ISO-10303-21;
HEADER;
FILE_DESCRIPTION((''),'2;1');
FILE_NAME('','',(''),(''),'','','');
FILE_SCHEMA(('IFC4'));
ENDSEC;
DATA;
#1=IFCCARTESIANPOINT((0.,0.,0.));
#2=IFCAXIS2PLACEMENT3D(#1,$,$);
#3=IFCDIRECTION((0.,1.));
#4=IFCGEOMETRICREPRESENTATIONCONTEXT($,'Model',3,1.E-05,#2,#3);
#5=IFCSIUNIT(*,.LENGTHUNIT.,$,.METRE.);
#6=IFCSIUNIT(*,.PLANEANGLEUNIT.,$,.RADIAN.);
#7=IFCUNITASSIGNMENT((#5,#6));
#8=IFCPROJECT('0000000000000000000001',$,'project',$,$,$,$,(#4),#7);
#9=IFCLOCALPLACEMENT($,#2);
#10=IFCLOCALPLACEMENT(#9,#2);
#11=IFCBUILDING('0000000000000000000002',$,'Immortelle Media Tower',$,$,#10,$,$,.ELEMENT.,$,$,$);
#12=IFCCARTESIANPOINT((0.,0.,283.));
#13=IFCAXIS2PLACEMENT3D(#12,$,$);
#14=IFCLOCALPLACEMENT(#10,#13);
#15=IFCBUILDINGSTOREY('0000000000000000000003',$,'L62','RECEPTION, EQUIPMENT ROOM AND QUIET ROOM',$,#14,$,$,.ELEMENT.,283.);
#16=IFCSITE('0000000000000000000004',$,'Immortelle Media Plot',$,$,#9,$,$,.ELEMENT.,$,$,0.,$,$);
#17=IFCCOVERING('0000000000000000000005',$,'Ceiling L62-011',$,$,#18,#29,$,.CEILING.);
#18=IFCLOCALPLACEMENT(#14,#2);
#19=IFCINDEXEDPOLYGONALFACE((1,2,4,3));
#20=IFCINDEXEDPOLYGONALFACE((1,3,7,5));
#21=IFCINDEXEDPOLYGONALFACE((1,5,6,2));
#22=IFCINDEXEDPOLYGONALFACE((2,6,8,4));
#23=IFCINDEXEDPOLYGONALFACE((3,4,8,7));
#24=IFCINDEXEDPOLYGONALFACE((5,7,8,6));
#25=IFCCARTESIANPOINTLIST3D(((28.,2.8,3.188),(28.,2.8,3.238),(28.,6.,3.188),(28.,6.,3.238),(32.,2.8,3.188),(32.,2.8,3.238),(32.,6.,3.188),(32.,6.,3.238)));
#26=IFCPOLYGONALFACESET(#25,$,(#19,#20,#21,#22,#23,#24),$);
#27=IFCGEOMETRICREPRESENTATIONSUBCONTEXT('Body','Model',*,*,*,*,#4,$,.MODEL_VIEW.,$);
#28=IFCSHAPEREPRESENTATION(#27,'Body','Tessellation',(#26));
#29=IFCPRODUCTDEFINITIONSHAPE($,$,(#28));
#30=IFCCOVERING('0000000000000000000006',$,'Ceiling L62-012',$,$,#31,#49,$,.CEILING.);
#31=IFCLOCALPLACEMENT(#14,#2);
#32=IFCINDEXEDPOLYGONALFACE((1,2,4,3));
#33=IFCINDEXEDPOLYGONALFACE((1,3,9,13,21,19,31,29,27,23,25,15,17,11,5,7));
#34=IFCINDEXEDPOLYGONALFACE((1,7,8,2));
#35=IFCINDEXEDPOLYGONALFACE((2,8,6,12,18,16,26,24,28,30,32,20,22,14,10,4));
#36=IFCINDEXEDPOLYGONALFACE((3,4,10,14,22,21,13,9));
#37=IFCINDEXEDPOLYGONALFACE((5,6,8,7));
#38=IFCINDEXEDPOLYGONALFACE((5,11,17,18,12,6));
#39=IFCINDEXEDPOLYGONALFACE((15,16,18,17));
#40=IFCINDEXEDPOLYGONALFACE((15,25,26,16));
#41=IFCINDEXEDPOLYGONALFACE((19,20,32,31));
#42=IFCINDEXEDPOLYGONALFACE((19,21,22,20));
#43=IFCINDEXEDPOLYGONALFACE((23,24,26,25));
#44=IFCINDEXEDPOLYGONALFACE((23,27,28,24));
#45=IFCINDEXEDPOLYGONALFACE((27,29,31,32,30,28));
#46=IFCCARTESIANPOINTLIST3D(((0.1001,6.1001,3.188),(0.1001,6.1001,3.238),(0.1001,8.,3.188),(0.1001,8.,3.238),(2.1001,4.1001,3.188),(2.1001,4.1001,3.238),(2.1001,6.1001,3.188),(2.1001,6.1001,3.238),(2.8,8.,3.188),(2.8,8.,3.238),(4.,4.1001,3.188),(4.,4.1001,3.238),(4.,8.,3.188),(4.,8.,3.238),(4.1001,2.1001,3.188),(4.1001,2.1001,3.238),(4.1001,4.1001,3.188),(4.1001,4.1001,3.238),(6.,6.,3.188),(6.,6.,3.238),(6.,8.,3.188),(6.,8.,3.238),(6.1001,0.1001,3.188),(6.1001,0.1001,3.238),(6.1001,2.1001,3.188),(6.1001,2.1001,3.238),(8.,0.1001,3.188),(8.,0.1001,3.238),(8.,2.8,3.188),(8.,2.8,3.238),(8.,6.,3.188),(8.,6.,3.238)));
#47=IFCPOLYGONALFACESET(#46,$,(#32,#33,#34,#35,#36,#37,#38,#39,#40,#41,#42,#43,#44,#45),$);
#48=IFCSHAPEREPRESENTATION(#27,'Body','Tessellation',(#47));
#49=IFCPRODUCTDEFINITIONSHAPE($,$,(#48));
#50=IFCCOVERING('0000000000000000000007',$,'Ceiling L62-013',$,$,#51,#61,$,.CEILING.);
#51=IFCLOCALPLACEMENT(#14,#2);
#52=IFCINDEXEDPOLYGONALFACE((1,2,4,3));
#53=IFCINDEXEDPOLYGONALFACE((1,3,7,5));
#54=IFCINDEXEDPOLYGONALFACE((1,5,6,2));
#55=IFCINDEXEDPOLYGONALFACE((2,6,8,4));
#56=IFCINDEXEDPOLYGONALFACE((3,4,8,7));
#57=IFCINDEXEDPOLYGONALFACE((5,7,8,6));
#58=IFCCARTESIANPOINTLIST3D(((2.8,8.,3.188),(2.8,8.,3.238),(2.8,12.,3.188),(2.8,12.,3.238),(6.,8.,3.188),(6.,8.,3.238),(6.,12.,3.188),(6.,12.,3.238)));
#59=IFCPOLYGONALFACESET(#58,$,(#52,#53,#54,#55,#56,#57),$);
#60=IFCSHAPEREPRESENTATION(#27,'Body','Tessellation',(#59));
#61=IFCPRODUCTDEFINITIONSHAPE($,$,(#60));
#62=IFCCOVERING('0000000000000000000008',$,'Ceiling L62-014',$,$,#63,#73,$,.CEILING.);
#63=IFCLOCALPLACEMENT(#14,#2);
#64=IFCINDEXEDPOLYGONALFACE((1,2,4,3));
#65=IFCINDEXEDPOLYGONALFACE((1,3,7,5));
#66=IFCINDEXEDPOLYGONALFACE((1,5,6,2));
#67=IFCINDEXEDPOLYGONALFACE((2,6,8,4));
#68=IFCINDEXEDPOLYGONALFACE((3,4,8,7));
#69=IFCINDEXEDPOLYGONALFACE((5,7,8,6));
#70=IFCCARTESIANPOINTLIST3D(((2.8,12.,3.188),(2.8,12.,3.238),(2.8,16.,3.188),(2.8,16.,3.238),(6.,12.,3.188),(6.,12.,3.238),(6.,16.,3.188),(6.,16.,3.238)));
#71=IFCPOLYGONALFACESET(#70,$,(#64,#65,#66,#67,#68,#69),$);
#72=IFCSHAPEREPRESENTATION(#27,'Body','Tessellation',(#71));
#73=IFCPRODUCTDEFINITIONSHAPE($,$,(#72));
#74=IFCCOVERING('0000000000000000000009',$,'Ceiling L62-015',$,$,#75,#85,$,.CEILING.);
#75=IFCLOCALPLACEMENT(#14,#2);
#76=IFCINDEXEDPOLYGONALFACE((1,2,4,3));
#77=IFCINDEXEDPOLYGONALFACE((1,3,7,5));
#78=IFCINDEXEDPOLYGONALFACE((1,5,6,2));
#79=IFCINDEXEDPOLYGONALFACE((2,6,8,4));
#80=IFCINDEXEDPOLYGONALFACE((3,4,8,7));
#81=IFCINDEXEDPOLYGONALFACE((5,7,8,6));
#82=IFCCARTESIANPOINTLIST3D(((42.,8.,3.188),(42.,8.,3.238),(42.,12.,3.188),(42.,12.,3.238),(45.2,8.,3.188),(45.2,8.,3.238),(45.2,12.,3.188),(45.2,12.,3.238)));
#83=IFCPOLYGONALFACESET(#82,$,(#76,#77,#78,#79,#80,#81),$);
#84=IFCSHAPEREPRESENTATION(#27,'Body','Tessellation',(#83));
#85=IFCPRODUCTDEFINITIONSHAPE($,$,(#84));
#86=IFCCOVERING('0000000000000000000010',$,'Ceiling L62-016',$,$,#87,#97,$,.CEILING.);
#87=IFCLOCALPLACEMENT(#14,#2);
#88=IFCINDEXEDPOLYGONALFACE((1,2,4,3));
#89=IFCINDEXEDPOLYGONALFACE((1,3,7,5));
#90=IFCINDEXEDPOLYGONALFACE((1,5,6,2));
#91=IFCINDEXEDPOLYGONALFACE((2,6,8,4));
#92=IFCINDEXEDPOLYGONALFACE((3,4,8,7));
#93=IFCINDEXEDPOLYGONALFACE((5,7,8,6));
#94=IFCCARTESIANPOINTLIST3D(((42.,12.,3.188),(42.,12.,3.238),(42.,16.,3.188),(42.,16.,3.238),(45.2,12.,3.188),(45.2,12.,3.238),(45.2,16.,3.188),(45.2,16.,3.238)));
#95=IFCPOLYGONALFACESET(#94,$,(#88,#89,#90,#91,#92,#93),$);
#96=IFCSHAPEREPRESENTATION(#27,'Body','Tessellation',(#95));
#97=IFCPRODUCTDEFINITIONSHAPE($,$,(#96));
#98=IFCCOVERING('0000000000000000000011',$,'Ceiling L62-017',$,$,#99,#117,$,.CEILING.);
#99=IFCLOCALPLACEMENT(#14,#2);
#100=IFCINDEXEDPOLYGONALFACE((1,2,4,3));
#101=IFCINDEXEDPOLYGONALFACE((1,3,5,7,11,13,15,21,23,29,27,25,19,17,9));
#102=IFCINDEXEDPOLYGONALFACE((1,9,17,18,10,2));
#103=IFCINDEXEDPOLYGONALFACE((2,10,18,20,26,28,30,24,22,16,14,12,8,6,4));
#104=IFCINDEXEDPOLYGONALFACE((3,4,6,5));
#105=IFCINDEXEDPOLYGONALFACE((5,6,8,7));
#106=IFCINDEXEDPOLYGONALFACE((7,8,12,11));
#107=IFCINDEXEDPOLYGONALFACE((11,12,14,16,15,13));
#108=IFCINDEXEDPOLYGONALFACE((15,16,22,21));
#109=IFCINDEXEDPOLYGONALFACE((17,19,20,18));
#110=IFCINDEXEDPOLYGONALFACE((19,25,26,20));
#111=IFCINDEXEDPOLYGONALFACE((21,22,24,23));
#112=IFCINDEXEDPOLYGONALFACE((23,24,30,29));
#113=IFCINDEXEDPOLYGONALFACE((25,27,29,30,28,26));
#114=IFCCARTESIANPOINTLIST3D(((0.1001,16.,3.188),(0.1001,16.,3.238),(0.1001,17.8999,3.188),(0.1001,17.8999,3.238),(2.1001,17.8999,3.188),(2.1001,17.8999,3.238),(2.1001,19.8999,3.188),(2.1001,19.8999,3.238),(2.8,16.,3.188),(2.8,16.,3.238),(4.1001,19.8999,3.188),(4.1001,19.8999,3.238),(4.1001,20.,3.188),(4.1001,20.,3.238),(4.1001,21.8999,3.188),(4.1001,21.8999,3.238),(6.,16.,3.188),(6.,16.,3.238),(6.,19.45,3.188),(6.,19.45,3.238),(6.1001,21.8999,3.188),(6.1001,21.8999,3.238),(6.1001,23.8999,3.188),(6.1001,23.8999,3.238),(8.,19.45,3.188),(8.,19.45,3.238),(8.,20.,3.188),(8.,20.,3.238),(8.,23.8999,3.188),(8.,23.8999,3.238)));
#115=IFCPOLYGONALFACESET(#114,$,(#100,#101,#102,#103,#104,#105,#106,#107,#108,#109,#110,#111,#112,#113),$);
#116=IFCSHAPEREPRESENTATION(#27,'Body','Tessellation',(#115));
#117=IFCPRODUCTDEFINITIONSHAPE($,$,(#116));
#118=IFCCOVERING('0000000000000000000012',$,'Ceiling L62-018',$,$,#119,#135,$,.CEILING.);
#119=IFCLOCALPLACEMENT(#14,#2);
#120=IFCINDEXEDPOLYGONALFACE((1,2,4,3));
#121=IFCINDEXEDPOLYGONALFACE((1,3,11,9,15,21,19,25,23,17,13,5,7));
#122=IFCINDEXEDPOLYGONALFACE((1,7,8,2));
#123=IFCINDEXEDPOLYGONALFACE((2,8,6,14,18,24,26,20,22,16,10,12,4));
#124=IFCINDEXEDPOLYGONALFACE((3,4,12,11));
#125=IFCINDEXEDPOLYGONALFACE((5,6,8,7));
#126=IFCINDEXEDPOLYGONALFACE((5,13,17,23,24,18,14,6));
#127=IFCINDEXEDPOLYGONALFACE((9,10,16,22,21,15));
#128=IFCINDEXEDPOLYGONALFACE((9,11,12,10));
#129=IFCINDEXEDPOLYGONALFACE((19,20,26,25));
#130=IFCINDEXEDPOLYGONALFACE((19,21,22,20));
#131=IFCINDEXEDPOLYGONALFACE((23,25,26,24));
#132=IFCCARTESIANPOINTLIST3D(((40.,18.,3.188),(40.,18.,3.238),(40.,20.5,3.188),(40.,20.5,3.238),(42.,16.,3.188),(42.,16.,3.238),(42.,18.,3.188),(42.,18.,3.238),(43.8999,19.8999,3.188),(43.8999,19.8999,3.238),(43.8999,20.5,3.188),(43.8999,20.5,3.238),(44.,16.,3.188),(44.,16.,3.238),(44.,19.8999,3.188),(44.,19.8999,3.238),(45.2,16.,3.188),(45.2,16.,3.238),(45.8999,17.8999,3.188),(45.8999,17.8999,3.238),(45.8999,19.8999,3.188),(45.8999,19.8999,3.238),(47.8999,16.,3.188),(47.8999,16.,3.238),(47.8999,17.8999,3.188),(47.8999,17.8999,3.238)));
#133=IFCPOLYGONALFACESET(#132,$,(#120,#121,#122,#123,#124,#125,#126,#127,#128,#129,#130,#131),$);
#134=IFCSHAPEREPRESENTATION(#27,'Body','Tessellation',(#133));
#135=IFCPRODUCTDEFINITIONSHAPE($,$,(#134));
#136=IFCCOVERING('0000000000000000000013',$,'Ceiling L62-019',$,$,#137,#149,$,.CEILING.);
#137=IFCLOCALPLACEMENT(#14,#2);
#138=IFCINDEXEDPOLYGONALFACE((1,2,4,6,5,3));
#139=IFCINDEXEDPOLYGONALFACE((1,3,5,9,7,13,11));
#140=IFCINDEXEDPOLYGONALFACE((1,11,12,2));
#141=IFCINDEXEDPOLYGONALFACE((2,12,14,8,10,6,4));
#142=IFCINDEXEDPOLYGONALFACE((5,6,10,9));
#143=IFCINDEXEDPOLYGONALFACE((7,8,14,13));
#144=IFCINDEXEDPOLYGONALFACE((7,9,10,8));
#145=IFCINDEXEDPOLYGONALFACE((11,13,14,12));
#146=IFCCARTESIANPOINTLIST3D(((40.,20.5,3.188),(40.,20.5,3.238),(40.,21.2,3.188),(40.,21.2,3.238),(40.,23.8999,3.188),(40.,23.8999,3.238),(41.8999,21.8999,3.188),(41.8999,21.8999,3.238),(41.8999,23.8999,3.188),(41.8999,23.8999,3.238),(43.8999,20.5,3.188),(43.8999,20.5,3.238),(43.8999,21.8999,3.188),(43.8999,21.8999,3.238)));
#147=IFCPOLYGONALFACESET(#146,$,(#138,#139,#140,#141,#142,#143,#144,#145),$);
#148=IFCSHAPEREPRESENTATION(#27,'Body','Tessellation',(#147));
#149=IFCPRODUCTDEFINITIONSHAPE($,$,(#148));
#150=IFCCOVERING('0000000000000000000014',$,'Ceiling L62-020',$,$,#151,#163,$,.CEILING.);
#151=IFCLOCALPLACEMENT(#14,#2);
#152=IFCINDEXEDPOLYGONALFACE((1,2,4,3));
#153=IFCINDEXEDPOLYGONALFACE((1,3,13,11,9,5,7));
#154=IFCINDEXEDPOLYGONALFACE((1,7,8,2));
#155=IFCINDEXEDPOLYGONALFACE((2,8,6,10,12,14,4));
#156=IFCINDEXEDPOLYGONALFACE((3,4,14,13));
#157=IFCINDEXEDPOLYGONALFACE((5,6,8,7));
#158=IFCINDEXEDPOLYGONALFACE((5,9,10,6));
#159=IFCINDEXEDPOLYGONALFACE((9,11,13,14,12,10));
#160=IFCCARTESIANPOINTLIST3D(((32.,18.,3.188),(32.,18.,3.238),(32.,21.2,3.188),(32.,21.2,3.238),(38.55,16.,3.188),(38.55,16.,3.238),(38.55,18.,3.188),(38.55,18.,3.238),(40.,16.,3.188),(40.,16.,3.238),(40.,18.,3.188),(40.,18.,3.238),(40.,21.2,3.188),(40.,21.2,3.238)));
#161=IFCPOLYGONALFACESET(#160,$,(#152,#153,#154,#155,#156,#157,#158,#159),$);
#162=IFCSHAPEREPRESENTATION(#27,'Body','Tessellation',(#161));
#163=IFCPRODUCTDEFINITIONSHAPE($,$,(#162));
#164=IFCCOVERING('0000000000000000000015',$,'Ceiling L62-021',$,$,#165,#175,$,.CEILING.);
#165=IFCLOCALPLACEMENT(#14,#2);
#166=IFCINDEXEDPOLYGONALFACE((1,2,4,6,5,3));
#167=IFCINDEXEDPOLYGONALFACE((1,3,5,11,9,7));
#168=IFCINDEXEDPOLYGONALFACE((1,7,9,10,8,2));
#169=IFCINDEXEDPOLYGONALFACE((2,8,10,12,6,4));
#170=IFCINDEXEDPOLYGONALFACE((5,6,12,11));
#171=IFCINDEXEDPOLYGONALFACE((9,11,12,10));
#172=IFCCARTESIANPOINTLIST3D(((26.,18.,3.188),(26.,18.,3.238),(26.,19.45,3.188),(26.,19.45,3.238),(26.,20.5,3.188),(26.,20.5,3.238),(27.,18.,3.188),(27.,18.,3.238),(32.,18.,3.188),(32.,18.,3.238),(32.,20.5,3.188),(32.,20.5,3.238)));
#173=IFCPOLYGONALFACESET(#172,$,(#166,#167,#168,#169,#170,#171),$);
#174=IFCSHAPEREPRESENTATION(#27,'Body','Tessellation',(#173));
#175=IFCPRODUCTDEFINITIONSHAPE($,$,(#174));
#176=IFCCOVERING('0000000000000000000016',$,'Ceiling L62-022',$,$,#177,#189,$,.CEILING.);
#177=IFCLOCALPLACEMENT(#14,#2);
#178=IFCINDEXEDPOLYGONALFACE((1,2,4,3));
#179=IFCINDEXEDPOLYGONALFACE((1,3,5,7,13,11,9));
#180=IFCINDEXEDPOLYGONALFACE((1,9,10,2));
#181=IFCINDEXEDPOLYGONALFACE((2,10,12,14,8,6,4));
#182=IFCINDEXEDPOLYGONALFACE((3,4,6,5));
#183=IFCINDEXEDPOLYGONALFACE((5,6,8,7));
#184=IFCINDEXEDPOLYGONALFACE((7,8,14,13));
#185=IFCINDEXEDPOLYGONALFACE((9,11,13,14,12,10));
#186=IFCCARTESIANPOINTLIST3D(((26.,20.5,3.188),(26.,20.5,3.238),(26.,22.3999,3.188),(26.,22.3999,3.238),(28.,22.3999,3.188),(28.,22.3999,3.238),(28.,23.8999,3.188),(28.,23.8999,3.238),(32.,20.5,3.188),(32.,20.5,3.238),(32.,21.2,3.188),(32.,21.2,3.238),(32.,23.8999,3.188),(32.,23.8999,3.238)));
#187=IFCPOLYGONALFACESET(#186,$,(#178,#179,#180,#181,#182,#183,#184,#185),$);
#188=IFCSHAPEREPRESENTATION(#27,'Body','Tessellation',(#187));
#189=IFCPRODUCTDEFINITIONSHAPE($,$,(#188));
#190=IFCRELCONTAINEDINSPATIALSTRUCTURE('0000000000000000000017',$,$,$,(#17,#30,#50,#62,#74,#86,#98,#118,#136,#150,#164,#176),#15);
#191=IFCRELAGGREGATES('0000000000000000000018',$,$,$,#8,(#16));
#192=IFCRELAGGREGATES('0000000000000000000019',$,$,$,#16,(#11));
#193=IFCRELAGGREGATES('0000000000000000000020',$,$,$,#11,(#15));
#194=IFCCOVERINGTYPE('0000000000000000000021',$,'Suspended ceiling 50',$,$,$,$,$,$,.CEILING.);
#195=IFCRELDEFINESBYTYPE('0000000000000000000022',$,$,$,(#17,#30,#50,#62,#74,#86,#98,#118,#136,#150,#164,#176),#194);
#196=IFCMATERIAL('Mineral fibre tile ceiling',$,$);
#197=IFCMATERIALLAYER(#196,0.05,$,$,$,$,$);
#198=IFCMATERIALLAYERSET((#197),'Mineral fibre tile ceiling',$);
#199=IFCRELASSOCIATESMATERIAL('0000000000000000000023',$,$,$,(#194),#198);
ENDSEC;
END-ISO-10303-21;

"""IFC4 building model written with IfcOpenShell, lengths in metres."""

from ifc_helpers import new_model, si_unit, direction, frame, origin, place, context, subcontext, project, spatial, polyline, outline, extrude, material, layer, layer_set, type_object, element, save


model = new_model("IFC4")

# Units and contexts
model_context = context("Model", 3, precision=1e-05, world=origin(), true_north=direction((0.0, 1.0)))
body_context = subcontext(model_context, "Body", "Model", "MODEL_VIEW")
ifc_project = project(units=[si_unit("LENGTHUNIT", "METRE"), si_unit("PLANEANGLEUNIT", "RADIAN")], contexts=[model_context])

# Site, building, storey
site_placement = place(None, origin())
site = spatial("IfcSite", under=ifc_project, at=site_placement, Name="Immortelle Media Plot", CompositionType="ELEMENT", RefElevation=0.0)
building_placement = place(site_placement, origin())
building = spatial("IfcBuilding", under=site, at=building_placement, Name="Immortelle Media Tower", CompositionType="ELEMENT")
storey_placement = place(building_placement, frame((0.0, 0.0, 283.0)))
storey = spatial("IfcBuildingStorey", under=building, at=storey_placement, Name="L62", Description="RECEPTION, EQUIPMENT ROOM AND QUIET ROOM", CompositionType="ELEMENT", Elevation=283.0)

# Coverings
ifc_material_1 = material(Name="Mineral fibre tile ceiling")
ifc_layer_1 = layer(ifc_material_1, 0.05)
ifc_layer_set_1 = layer_set([ifc_layer_1], Name="Mineral fibre tile ceiling")
covering_type = type_object("IfcCoveringType", Name="Suspended ceiling 50", PredefinedType="CEILING", material=ifc_layer_set_1)
covering_1_placement = place(storey_placement, frame((0.0, 0.0, 3.188)))
element("IfcCovering", 1, at=covering_1_placement, inside=storey, type_object=covering_type, Name="Ceiling L62-011", PredefinedType="CEILING", context=body_context, shape_type="SweptSolid", body=[
    extrude(outline(polyline([(32.0, 6.0), (32.0, 2.8), (28.0, 2.8), (28.0, 6.0), (32.0, 6.0)])), origin(), (0.0, 0.0, 1.0), 0.05),
])
covering_2_placement = place(storey_placement, frame((0.0, 0.0, 3.188)))
element("IfcCovering", 2, at=covering_2_placement, inside=storey, type_object=covering_type, Name="Ceiling L62-012", PredefinedType="CEILING", context=body_context, shape_type="SweptSolid", body=[
    extrude(outline(polyline([(4.1001, 2.1001), (4.1001, 4.1001), (4.0, 4.1001), (2.1001, 4.1001), (2.1001, 6.1001), (0.1001, 6.1001), (0.1001, 8.0), (2.8, 8.0), (4.0, 8.0), (6.0, 8.0), (6.0, 6.0), (8.0, 6.0), (8.0, 2.8), (8.0, 0.1001), (6.1001, 0.1001), (6.1001, 2.1001), (4.1001, 2.1001)])), origin(), (0.0, 0.0, 1.0), 0.05),
])
covering_3_placement = place(storey_placement, frame((0.0, 0.0, 3.188)))
element("IfcCovering", 3, at=covering_3_placement, inside=storey, type_object=covering_type, Name="Ceiling L62-013", PredefinedType="CEILING", context=body_context, shape_type="SweptSolid", body=[
    extrude(outline(polyline([(2.8, 8.0), (2.8, 12.0), (6.0, 12.0), (6.0, 8.0), (2.8, 8.0)])), origin(), (0.0, 0.0, 1.0), 0.05),
])
covering_4_placement = place(storey_placement, frame((0.0, 0.0, 3.188)))
element("IfcCovering", 4, at=covering_4_placement, inside=storey, type_object=covering_type, Name="Ceiling L62-014", PredefinedType="CEILING", context=body_context, shape_type="SweptSolid", body=[
    extrude(outline(polyline([(2.8, 16.0), (6.0, 16.0), (6.0, 12.0), (2.8, 12.0), (2.8, 16.0)])), origin(), (0.0, 0.0, 1.0), 0.05),
])
covering_5_placement = place(storey_placement, frame((0.0, 0.0, 3.188)))
element("IfcCovering", 5, at=covering_5_placement, inside=storey, type_object=covering_type, Name="Ceiling L62-015", PredefinedType="CEILING", context=body_context, shape_type="SweptSolid", body=[
    extrude(outline(polyline([(42.0, 8.0), (42.0, 12.0), (45.2, 12.0), (45.2, 8.0), (42.0, 8.0)])), origin(), (0.0, 0.0, 1.0), 0.05),
])
covering_6_placement = place(storey_placement, frame((0.0, 0.0, 3.188)))
element("IfcCovering", 6, at=covering_6_placement, inside=storey, type_object=covering_type, Name="Ceiling L62-016", PredefinedType="CEILING", context=body_context, shape_type="SweptSolid", body=[
    extrude(outline(polyline([(42.0, 16.0), (45.2, 16.0), (45.2, 12.0), (42.0, 12.0), (42.0, 16.0)])), origin(), (0.0, 0.0, 1.0), 0.05),
])
covering_7_placement = place(storey_placement, frame((0.0, 0.0, 3.188)))
element("IfcCovering", 7, at=covering_7_placement, inside=storey, type_object=covering_type, Name="Ceiling L62-017", PredefinedType="CEILING", context=body_context, shape_type="SweptSolid", body=[
    extrude(outline(polyline([(2.8, 16.0), (0.1001, 16.0), (0.1001, 17.8999), (2.1001, 17.8999), (2.1001, 19.8999), (4.1001, 19.8999), (4.1001, 20.0), (4.1001, 21.8999), (6.1001, 21.8999), (6.1001, 23.8999), (8.0, 23.8999), (8.0, 20.0), (8.0, 19.45), (6.0, 19.45), (6.0, 16.0), (2.8, 16.0)])), origin(), (0.0, 0.0, 1.0), 0.05),
])
covering_8_placement = place(storey_placement, frame((0.0, 0.0, 3.188)))
element("IfcCovering", 8, at=covering_8_placement, inside=storey, type_object=covering_type, Name="Ceiling L62-018", PredefinedType="CEILING", context=body_context, shape_type="SweptSolid", body=[
    extrude(outline(polyline([(45.8999, 17.8999), (47.8999, 17.8999), (47.8999, 16.0), (45.2, 16.0), (44.0, 16.0), (42.0, 16.0), (42.0, 18.0), (40.0, 18.0), (40.0, 20.5), (43.8999, 20.5), (43.8999, 19.8999), (44.0, 19.8999), (45.8999, 19.8999), (45.8999, 17.8999)])), origin(), (0.0, 0.0, 1.0), 0.05),
])
covering_9_placement = place(storey_placement, frame((0.0, 0.0, 3.188)))
element("IfcCovering", 9, at=covering_9_placement, inside=storey, type_object=covering_type, Name="Ceiling L62-019", PredefinedType="CEILING", context=body_context, shape_type="SweptSolid", body=[
    extrude(outline(polyline([(40.0, 21.2), (40.0, 23.8999), (41.8999, 23.8999), (41.8999, 21.8999), (43.8999, 21.8999), (43.8999, 20.5), (40.0, 20.5), (40.0, 21.2)])), origin(), (0.0, 0.0, 1.0), 0.05),
])
covering_10_placement = place(storey_placement, frame((0.0, 0.0, 3.188)))
element("IfcCovering", 10, at=covering_10_placement, inside=storey, type_object=covering_type, Name="Ceiling L62-020", PredefinedType="CEILING", context=body_context, shape_type="SweptSolid", body=[
    extrude(outline(polyline([(38.55, 16.0), (38.55, 18.0), (32.0, 18.0), (32.0, 21.2), (40.0, 21.2), (40.0, 18.0), (40.0, 16.0), (38.55, 16.0)])), origin(), (0.0, 0.0, 1.0), 0.05),
])
covering_11_placement = place(storey_placement, frame((0.0, 0.0, 3.188)))
element("IfcCovering", 11, at=covering_11_placement, inside=storey, type_object=covering_type, Name="Ceiling L62-021", PredefinedType="CEILING", context=body_context, shape_type="SweptSolid", body=[
    extrude(outline(polyline([(26.0, 18.0), (26.0, 19.45), (26.0, 20.5), (32.0, 20.5), (32.0, 18.0), (27.0, 18.0), (26.0, 18.0)])), origin(), (0.0, 0.0, 1.0), 0.05),
])
covering_12_placement = place(storey_placement, frame((0.0, 0.0, 3.188)))
element("IfcCovering", 12, at=covering_12_placement, inside=storey, type_object=covering_type, Name="Ceiling L62-022", PredefinedType="CEILING", context=body_context, shape_type="SweptSolid", body=[
    extrude(outline(polyline([(26.0, 22.3999), (28.0, 22.3999), (28.0, 23.8999), (32.0, 23.8999), (32.0, 21.2), (32.0, 20.5), (26.0, 20.5), (26.0, 22.3999)])), origin(), (0.0, 0.0, 1.0), 0.05),
])

save(model, "model.ifc")
